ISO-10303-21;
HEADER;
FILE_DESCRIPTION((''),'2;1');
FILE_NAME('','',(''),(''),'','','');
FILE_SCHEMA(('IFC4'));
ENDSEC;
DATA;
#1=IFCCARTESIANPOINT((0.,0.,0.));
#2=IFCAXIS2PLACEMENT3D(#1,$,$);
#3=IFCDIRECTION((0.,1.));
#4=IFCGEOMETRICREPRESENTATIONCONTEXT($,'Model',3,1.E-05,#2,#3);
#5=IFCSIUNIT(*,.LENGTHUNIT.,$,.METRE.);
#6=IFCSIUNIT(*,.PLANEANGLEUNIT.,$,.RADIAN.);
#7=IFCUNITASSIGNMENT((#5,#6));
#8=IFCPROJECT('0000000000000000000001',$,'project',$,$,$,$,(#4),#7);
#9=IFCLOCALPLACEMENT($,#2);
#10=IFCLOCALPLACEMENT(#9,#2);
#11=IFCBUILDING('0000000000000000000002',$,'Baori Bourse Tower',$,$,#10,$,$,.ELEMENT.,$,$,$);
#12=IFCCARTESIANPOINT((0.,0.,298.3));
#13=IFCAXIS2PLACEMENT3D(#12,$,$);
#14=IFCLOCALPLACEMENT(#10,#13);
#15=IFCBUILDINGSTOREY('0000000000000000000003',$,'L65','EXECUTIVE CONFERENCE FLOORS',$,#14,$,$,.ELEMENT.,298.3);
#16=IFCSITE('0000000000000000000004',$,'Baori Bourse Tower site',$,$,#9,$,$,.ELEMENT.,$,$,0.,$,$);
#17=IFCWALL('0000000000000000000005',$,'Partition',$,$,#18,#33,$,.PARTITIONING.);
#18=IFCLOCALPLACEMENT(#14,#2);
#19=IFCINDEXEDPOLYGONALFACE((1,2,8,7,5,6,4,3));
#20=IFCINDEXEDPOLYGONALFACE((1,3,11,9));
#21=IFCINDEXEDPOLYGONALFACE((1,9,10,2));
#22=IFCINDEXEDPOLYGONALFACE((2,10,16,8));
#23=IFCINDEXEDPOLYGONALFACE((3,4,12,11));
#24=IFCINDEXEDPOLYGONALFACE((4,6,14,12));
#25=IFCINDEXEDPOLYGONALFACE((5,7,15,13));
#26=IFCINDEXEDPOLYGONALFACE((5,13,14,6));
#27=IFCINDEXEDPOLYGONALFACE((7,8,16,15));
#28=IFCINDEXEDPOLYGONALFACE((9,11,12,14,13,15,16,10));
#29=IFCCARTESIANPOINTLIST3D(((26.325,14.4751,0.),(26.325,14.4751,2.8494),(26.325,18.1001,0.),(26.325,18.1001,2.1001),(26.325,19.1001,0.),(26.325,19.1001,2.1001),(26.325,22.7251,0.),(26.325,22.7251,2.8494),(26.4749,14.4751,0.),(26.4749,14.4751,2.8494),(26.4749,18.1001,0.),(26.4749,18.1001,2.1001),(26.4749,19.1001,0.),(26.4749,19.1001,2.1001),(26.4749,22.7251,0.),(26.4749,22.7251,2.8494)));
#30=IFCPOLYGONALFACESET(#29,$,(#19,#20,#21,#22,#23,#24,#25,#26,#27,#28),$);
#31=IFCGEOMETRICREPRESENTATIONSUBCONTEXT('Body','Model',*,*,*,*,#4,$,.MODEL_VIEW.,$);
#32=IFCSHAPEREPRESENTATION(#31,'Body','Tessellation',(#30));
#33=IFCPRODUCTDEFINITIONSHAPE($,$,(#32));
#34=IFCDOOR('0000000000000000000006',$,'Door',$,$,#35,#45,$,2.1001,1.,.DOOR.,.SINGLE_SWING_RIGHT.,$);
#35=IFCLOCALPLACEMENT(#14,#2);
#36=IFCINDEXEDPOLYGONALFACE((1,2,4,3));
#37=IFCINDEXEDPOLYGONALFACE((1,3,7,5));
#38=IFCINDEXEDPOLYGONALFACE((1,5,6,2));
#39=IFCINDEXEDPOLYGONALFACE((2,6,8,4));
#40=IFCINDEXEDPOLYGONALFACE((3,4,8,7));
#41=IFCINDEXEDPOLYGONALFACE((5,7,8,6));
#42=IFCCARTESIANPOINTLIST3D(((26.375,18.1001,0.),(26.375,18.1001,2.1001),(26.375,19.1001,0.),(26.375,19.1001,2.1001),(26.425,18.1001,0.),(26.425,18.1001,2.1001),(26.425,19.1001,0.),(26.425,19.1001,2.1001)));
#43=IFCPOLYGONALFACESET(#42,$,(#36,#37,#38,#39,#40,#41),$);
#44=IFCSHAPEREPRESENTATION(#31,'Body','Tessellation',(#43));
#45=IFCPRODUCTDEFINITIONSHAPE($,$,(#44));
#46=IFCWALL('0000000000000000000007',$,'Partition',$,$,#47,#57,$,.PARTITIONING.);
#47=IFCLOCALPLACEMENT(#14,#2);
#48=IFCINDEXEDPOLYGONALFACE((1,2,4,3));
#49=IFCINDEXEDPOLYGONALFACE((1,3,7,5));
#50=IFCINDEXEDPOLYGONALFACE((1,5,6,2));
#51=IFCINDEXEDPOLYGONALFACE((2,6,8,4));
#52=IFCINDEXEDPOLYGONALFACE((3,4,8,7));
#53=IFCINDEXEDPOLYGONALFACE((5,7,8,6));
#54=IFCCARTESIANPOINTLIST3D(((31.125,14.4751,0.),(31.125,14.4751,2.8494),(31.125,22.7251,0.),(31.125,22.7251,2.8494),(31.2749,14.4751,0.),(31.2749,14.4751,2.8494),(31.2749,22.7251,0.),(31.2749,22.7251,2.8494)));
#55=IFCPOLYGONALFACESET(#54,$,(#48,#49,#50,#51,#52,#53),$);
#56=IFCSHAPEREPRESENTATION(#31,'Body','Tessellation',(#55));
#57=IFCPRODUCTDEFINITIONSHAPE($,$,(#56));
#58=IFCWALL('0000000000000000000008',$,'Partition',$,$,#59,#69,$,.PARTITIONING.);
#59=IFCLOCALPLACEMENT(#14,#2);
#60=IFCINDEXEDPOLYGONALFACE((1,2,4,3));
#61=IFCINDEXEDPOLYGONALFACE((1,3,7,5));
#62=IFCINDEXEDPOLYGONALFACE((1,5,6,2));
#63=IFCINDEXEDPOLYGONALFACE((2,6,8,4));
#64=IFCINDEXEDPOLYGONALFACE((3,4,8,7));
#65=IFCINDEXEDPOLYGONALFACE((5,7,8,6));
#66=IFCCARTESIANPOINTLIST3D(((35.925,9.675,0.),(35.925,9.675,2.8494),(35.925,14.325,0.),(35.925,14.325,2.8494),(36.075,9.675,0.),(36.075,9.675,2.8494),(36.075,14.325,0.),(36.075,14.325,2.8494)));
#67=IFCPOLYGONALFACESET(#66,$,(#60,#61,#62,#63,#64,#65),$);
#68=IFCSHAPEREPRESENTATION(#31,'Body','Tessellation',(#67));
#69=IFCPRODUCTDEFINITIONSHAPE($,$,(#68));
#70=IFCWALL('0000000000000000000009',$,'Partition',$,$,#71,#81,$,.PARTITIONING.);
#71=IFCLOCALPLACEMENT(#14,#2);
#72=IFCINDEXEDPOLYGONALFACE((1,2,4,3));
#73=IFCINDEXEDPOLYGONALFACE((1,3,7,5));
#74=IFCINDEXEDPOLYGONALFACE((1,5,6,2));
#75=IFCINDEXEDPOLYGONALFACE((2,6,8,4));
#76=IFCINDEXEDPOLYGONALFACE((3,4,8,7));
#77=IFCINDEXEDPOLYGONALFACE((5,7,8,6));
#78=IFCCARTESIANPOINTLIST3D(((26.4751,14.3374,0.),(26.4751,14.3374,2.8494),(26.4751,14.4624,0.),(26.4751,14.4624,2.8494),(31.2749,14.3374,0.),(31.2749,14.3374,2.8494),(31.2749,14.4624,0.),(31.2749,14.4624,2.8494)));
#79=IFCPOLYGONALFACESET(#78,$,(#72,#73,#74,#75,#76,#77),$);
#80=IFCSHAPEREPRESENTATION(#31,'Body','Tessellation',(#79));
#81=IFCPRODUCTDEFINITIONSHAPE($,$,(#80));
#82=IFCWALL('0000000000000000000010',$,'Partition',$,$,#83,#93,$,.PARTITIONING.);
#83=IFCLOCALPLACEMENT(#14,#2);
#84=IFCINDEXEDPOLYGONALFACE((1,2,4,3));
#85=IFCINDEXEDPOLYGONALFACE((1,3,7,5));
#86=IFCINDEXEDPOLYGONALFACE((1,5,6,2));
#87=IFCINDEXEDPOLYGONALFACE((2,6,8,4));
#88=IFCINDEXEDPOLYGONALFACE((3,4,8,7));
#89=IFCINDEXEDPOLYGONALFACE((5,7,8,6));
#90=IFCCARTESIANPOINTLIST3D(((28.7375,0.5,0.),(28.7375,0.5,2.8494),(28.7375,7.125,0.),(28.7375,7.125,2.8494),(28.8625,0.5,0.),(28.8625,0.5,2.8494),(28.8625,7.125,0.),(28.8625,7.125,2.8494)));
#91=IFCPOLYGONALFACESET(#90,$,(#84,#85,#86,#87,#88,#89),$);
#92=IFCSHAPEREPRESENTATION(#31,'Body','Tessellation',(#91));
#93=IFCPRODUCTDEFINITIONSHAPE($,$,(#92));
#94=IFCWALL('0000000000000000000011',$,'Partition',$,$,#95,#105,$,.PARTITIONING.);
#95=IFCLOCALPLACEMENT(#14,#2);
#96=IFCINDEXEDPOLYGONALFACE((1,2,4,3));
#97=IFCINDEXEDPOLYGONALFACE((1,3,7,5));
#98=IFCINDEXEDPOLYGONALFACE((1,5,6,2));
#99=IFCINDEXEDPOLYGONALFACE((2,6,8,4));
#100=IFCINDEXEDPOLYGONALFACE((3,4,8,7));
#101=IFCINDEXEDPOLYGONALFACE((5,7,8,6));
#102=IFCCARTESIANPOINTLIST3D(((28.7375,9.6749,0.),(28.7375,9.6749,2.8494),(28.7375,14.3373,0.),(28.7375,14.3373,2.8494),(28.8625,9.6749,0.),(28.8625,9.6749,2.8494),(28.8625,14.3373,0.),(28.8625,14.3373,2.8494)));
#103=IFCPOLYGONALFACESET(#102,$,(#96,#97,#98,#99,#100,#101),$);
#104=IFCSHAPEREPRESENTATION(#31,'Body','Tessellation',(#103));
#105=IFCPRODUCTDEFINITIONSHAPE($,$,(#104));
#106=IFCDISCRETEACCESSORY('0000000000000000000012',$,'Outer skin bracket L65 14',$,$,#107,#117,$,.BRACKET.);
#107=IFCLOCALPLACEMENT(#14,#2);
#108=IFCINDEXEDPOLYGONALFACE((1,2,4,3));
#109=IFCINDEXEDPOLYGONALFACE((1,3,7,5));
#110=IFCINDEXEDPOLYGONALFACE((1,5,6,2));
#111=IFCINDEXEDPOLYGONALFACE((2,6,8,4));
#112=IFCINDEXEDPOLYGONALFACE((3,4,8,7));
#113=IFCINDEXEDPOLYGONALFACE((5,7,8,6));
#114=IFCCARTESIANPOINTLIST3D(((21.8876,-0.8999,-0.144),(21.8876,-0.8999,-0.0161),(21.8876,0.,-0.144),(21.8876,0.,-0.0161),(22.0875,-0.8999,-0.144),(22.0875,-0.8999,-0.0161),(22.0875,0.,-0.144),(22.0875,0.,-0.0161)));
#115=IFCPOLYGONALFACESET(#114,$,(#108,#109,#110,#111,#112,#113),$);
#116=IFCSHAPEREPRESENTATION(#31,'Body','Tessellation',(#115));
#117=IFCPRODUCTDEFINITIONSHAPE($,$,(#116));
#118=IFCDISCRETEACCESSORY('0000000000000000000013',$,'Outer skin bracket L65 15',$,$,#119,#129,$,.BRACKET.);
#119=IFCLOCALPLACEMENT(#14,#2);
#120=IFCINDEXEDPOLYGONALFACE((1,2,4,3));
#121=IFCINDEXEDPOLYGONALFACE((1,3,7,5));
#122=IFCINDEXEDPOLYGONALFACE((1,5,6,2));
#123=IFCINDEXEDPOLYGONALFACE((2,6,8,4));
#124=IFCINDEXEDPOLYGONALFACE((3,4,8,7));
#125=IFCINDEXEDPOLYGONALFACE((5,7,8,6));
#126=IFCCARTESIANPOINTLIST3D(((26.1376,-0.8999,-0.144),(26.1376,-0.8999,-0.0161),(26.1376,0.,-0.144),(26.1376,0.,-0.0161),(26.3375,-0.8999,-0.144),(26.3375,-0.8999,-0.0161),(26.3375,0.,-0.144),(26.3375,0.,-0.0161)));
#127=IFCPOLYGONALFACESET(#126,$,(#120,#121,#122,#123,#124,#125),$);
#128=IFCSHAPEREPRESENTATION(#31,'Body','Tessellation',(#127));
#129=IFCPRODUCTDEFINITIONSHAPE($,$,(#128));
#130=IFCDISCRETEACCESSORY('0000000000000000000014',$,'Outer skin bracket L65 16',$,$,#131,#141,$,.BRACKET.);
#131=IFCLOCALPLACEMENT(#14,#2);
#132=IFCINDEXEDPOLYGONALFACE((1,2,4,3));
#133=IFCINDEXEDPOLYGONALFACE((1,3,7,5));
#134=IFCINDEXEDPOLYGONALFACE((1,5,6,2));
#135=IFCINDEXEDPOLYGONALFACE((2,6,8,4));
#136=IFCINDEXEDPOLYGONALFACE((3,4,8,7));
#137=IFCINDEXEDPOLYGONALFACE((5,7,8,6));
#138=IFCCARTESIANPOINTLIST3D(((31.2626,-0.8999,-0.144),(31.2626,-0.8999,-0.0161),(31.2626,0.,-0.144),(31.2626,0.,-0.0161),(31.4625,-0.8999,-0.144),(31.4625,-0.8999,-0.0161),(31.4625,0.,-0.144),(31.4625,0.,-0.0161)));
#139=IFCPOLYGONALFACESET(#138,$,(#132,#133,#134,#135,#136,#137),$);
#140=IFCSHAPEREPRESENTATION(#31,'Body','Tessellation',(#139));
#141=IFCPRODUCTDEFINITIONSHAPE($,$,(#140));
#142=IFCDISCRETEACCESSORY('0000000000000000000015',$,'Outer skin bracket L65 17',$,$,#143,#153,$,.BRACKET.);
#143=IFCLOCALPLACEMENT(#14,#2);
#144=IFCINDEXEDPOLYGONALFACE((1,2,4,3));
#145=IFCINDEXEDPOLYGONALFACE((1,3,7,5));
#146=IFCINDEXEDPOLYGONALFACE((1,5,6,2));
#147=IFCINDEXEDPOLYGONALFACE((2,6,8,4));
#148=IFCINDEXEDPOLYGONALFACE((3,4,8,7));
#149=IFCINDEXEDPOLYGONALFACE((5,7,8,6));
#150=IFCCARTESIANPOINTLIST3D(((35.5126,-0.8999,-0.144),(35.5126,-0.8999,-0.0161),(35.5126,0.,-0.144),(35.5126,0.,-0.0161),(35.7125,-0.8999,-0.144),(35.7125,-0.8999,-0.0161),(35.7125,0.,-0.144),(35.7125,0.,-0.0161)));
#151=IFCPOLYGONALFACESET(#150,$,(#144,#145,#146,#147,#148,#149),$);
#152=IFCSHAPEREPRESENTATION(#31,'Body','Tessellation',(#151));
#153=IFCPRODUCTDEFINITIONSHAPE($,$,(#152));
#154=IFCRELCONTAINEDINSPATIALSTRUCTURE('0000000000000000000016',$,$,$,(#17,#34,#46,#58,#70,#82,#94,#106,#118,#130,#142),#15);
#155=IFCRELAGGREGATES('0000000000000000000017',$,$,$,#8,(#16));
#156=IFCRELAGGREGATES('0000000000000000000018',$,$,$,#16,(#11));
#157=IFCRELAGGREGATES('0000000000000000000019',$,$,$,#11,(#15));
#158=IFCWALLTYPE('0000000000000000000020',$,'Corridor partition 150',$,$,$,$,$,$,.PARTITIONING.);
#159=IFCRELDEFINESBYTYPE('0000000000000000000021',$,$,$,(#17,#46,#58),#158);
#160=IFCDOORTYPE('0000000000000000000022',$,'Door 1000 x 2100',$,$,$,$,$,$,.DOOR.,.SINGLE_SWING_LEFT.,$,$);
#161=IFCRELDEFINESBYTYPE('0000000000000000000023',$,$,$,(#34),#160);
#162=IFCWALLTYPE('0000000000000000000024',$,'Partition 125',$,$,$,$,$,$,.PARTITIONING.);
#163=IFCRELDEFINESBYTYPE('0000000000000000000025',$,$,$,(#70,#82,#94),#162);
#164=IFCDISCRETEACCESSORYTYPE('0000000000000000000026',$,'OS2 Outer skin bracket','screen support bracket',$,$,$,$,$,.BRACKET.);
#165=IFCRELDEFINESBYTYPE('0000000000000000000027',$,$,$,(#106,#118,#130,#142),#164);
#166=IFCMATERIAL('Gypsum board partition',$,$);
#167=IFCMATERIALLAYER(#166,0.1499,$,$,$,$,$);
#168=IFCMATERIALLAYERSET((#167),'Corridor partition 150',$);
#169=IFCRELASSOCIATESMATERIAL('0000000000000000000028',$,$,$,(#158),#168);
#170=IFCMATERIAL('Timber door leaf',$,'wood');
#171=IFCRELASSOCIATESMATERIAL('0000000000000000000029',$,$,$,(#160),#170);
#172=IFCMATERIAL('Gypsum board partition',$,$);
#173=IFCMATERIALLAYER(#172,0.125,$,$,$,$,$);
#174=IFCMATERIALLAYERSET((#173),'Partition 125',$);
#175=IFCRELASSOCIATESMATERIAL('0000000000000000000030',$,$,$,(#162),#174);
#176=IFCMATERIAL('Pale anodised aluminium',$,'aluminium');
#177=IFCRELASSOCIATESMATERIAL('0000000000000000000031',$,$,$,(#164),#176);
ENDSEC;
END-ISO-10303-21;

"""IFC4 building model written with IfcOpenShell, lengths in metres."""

from ifc_helpers import new_model, si_unit, direction, frame, frame_2d, origin, origin_2d, place, context, subcontext, project, spatial, rectangle, extrude, material, layer, layer_set, type_object, element, fill, save


model = new_model("IFC4")

# Units and contexts
model_context = context("Model", 3, precision=1e-05, world=origin(), true_north=direction((0.0, 1.0)))
body_context = subcontext(model_context, "Body", "Model", "MODEL_VIEW")
ifc_project = project(units=[si_unit("LENGTHUNIT", "METRE"), si_unit("PLANEANGLEUNIT", "RADIAN")], contexts=[model_context])

# Site, building, storey
site_placement = place(None, origin())
site = spatial("IfcSite", under=ifc_project, at=site_placement, Name="Baori Bourse Tower site", CompositionType="ELEMENT", RefElevation=0.0)
building_placement = place(site_placement, origin())
building = spatial("IfcBuilding", under=site, at=building_placement, Name="Baori Bourse Tower", CompositionType="ELEMENT")
storey_placement = place(building_placement, frame((0.0, 0.0, 298.3)))
storey = spatial("IfcBuildingStorey", under=building, at=storey_placement, Name="L65", Description="EXECUTIVE CONFERENCE FLOORS", CompositionType="ELEMENT", Elevation=298.3)

# Shared definitions
ifc_material_1 = material(Name="Gypsum board partition")
ifc_layer_1 = layer(ifc_material_1, 0.1499)
ifc_layer_set_1 = layer_set([ifc_layer_1], Name="Corridor partition 150")
wall_type_1 = type_object("IfcWallType", Name="Corridor partition 150", PredefinedType="PARTITIONING", material=ifc_layer_set_1)

# Wall, opening, door
wall_1_placement = place(storey_placement, frame((26.3999, 14.4751, 0.0), z_axis=(0.0, 0.0, 1.0), x_axis=(0.0, 1.0, 0.0)))
wall_1 = element("IfcWall", 1, at=wall_1_placement, inside=storey, type_object=wall_type_1, Name="Partition", PredefinedType="PARTITIONING", context=body_context, shape_type="SweptSolid", body=[
    extrude(rectangle(XDim=8.25, YDim=0.1499, at=frame_2d((4.125, 0.0))), origin(), (0.0, 0.0, 1.0), 2.8494),
])
opening_1_placement = place(wall_1_placement, frame((3.625, 0.0, 0.0)))
opening_1 = element("IfcOpeningElement", 2, at=opening_1_placement, cuts=wall_1, PredefinedType="OPENING", context=body_context, shape_type="SweptSolid", body=[
    extrude(rectangle(XDim=1.0, YDim=2.1001, at=frame_2d((0.5, 1.05))), frame((0.0, 0.085, 0.0), z_axis=(0.0, -1.0, 0.0), x_axis=(1.0, 0.0, 0.0)), (0.0, 0.0, 1.0), 0.1699),
])
ifc_material_2 = material(Name="Timber door leaf", Category="wood")
door_type_1 = type_object("IfcDoorType", Name="Door 1000 x 2100", OperationType="SINGLE_SWING_LEFT", PredefinedType="DOOR", material=ifc_material_2)
door_1_placement = place(opening_1_placement, origin())
door_1 = element("IfcDoor", 3, at=door_1_placement, inside=storey, type_object=door_type_1, Name="Door", OperationType="SINGLE_SWING_RIGHT", OverallHeight=2.1001, OverallWidth=1.0, PredefinedType="DOOR", context=body_context, shape_type="SweptSolid", body=[
    extrude(rectangle(XDim=1.0, YDim=2.1001, at=frame_2d((0.5, 1.05))), frame((0.0, 0.0249, 0.0), z_axis=(0.0, -1.0, 0.0), x_axis=(1.0, 0.0, 0.0)), (0.0, 0.0, 1.0), 0.05),
])
fill(opening_1, door_1)

# Walls
wall_2_placement = place(storey_placement, frame((31.2, 14.4751, 0.0), z_axis=(0.0, 0.0, 1.0), x_axis=(0.0, 1.0, 0.0)))
element("IfcWall", 4, at=wall_2_placement, inside=storey, type_object=wall_type_1, Name="Partition", PredefinedType="PARTITIONING", context=body_context, shape_type="SweptSolid", body=[
    extrude(rectangle(XDim=8.25, YDim=0.1499, at=frame_2d((4.125, 0.0))), origin(), (0.0, 0.0, 1.0), 2.8494),
])
wall_3_placement = place(storey_placement, frame((36.0, 9.675, 0.0), z_axis=(0.0, 0.0, 1.0), x_axis=(0.0, 1.0, 0.0)))
element("IfcWall", 5, at=wall_3_placement, inside=storey, type_object=wall_type_1, Name="Partition", PredefinedType="PARTITIONING", context=body_context, shape_type="SweptSolid", body=[
    extrude(rectangle(XDim=4.6499, YDim=0.1499, at=frame_2d((2.325, 0.0))), origin(), (0.0, 0.0, 1.0), 2.8494),
])
ifc_material_3 = material(Name="Gypsum board partition")
ifc_layer_2 = layer(ifc_material_3, 0.125)
ifc_layer_set_2 = layer_set([ifc_layer_2], Name="Partition 125")
wall_type_2 = type_object("IfcWallType", Name="Partition 125", PredefinedType="PARTITIONING", material=ifc_layer_set_2)
wall_4_placement = place(storey_placement, frame((26.4751, 14.3999, 0.0), z_axis=(0.0, 0.0, 1.0), x_axis=(1.0, 0.0, 0.0)))
element("IfcWall", 6, at=wall_4_placement, inside=storey, type_object=wall_type_2, Name="Partition", PredefinedType="PARTITIONING", context=body_context, shape_type="SweptSolid", body=[
    extrude(rectangle(XDim=4.7998, YDim=0.125, at=frame_2d((2.3999, 0.0))), origin(), (0.0, 0.0, 1.0), 2.8494),
])
wall_5_placement = place(storey_placement, frame((28.8, 0.5, 0.0), z_axis=(0.0, 0.0, 1.0), x_axis=(0.0, 1.0, 0.0)))
element("IfcWall", 7, at=wall_5_placement, inside=storey, type_object=wall_type_2, Name="Partition", PredefinedType="PARTITIONING", context=body_context, shape_type="SweptSolid", body=[
    extrude(rectangle(XDim=6.625, YDim=0.125, at=frame_2d((3.3125, 0.0))), origin(), (0.0, 0.0, 1.0), 2.8494),
])
wall_6_placement = place(storey_placement, frame((28.8, 9.675, 0.0), z_axis=(0.0, 0.0, 1.0), x_axis=(0.0, 1.0, 0.0)))
element("IfcWall", 8, at=wall_6_placement, inside=storey, type_object=wall_type_2, Name="Partition", PredefinedType="PARTITIONING", context=body_context, shape_type="SweptSolid", body=[
    extrude(rectangle(XDim=4.6624, YDim=0.125, at=frame_2d((2.3311, 0.0))), origin(), (0.0, 0.0, 1.0), 2.8494),
])

# Discrete accessories
ifc_material_4 = material(Name="Pale anodised aluminium", Category="aluminium")
discrete_accessory_type = type_object("IfcDiscreteAccessoryType", Name="OS2 Outer skin bracket", Description="screen support bracket", PredefinedType="BRACKET", material=ifc_material_4)
for number, where, z_axis, x_axis, name in (
    (9, (21.9875, -0.45, -0.144), (0.0, 0.0, 1.0), (1.0, 0.0, 0.0), "Outer skin bracket L65 14"),
    (10, (26.2375, -0.45, -0.144), (0.0, 0.0, 1.0), (1.0, 0.0, 0.0), "Outer skin bracket L65 15"),
    (11, (31.3625, -0.45, -0.144), (0.0, 0.0, 1.0), (1.0, 0.0, 0.0), "Outer skin bracket L65 16"),
    (12, (35.6125, -0.45, -0.144), (0.0, 0.0, 1.0), (1.0, 0.0, 0.0), "Outer skin bracket L65 17"),
):
    element("IfcDiscreteAccessory", number, at=place(storey_placement, frame(where, z_axis=z_axis, x_axis=x_axis)), inside=storey, type_object=discrete_accessory_type, Name=name, PredefinedType="BRACKET", context=body_context, shape_type="SweptSolid", body=[
        extrude(rectangle(XDim=0.2, YDim=0.8999, at=origin_2d()), origin(), (0.0, 0.0, 1.0), 0.1279),
    ])

save(model, "model.ifc")
